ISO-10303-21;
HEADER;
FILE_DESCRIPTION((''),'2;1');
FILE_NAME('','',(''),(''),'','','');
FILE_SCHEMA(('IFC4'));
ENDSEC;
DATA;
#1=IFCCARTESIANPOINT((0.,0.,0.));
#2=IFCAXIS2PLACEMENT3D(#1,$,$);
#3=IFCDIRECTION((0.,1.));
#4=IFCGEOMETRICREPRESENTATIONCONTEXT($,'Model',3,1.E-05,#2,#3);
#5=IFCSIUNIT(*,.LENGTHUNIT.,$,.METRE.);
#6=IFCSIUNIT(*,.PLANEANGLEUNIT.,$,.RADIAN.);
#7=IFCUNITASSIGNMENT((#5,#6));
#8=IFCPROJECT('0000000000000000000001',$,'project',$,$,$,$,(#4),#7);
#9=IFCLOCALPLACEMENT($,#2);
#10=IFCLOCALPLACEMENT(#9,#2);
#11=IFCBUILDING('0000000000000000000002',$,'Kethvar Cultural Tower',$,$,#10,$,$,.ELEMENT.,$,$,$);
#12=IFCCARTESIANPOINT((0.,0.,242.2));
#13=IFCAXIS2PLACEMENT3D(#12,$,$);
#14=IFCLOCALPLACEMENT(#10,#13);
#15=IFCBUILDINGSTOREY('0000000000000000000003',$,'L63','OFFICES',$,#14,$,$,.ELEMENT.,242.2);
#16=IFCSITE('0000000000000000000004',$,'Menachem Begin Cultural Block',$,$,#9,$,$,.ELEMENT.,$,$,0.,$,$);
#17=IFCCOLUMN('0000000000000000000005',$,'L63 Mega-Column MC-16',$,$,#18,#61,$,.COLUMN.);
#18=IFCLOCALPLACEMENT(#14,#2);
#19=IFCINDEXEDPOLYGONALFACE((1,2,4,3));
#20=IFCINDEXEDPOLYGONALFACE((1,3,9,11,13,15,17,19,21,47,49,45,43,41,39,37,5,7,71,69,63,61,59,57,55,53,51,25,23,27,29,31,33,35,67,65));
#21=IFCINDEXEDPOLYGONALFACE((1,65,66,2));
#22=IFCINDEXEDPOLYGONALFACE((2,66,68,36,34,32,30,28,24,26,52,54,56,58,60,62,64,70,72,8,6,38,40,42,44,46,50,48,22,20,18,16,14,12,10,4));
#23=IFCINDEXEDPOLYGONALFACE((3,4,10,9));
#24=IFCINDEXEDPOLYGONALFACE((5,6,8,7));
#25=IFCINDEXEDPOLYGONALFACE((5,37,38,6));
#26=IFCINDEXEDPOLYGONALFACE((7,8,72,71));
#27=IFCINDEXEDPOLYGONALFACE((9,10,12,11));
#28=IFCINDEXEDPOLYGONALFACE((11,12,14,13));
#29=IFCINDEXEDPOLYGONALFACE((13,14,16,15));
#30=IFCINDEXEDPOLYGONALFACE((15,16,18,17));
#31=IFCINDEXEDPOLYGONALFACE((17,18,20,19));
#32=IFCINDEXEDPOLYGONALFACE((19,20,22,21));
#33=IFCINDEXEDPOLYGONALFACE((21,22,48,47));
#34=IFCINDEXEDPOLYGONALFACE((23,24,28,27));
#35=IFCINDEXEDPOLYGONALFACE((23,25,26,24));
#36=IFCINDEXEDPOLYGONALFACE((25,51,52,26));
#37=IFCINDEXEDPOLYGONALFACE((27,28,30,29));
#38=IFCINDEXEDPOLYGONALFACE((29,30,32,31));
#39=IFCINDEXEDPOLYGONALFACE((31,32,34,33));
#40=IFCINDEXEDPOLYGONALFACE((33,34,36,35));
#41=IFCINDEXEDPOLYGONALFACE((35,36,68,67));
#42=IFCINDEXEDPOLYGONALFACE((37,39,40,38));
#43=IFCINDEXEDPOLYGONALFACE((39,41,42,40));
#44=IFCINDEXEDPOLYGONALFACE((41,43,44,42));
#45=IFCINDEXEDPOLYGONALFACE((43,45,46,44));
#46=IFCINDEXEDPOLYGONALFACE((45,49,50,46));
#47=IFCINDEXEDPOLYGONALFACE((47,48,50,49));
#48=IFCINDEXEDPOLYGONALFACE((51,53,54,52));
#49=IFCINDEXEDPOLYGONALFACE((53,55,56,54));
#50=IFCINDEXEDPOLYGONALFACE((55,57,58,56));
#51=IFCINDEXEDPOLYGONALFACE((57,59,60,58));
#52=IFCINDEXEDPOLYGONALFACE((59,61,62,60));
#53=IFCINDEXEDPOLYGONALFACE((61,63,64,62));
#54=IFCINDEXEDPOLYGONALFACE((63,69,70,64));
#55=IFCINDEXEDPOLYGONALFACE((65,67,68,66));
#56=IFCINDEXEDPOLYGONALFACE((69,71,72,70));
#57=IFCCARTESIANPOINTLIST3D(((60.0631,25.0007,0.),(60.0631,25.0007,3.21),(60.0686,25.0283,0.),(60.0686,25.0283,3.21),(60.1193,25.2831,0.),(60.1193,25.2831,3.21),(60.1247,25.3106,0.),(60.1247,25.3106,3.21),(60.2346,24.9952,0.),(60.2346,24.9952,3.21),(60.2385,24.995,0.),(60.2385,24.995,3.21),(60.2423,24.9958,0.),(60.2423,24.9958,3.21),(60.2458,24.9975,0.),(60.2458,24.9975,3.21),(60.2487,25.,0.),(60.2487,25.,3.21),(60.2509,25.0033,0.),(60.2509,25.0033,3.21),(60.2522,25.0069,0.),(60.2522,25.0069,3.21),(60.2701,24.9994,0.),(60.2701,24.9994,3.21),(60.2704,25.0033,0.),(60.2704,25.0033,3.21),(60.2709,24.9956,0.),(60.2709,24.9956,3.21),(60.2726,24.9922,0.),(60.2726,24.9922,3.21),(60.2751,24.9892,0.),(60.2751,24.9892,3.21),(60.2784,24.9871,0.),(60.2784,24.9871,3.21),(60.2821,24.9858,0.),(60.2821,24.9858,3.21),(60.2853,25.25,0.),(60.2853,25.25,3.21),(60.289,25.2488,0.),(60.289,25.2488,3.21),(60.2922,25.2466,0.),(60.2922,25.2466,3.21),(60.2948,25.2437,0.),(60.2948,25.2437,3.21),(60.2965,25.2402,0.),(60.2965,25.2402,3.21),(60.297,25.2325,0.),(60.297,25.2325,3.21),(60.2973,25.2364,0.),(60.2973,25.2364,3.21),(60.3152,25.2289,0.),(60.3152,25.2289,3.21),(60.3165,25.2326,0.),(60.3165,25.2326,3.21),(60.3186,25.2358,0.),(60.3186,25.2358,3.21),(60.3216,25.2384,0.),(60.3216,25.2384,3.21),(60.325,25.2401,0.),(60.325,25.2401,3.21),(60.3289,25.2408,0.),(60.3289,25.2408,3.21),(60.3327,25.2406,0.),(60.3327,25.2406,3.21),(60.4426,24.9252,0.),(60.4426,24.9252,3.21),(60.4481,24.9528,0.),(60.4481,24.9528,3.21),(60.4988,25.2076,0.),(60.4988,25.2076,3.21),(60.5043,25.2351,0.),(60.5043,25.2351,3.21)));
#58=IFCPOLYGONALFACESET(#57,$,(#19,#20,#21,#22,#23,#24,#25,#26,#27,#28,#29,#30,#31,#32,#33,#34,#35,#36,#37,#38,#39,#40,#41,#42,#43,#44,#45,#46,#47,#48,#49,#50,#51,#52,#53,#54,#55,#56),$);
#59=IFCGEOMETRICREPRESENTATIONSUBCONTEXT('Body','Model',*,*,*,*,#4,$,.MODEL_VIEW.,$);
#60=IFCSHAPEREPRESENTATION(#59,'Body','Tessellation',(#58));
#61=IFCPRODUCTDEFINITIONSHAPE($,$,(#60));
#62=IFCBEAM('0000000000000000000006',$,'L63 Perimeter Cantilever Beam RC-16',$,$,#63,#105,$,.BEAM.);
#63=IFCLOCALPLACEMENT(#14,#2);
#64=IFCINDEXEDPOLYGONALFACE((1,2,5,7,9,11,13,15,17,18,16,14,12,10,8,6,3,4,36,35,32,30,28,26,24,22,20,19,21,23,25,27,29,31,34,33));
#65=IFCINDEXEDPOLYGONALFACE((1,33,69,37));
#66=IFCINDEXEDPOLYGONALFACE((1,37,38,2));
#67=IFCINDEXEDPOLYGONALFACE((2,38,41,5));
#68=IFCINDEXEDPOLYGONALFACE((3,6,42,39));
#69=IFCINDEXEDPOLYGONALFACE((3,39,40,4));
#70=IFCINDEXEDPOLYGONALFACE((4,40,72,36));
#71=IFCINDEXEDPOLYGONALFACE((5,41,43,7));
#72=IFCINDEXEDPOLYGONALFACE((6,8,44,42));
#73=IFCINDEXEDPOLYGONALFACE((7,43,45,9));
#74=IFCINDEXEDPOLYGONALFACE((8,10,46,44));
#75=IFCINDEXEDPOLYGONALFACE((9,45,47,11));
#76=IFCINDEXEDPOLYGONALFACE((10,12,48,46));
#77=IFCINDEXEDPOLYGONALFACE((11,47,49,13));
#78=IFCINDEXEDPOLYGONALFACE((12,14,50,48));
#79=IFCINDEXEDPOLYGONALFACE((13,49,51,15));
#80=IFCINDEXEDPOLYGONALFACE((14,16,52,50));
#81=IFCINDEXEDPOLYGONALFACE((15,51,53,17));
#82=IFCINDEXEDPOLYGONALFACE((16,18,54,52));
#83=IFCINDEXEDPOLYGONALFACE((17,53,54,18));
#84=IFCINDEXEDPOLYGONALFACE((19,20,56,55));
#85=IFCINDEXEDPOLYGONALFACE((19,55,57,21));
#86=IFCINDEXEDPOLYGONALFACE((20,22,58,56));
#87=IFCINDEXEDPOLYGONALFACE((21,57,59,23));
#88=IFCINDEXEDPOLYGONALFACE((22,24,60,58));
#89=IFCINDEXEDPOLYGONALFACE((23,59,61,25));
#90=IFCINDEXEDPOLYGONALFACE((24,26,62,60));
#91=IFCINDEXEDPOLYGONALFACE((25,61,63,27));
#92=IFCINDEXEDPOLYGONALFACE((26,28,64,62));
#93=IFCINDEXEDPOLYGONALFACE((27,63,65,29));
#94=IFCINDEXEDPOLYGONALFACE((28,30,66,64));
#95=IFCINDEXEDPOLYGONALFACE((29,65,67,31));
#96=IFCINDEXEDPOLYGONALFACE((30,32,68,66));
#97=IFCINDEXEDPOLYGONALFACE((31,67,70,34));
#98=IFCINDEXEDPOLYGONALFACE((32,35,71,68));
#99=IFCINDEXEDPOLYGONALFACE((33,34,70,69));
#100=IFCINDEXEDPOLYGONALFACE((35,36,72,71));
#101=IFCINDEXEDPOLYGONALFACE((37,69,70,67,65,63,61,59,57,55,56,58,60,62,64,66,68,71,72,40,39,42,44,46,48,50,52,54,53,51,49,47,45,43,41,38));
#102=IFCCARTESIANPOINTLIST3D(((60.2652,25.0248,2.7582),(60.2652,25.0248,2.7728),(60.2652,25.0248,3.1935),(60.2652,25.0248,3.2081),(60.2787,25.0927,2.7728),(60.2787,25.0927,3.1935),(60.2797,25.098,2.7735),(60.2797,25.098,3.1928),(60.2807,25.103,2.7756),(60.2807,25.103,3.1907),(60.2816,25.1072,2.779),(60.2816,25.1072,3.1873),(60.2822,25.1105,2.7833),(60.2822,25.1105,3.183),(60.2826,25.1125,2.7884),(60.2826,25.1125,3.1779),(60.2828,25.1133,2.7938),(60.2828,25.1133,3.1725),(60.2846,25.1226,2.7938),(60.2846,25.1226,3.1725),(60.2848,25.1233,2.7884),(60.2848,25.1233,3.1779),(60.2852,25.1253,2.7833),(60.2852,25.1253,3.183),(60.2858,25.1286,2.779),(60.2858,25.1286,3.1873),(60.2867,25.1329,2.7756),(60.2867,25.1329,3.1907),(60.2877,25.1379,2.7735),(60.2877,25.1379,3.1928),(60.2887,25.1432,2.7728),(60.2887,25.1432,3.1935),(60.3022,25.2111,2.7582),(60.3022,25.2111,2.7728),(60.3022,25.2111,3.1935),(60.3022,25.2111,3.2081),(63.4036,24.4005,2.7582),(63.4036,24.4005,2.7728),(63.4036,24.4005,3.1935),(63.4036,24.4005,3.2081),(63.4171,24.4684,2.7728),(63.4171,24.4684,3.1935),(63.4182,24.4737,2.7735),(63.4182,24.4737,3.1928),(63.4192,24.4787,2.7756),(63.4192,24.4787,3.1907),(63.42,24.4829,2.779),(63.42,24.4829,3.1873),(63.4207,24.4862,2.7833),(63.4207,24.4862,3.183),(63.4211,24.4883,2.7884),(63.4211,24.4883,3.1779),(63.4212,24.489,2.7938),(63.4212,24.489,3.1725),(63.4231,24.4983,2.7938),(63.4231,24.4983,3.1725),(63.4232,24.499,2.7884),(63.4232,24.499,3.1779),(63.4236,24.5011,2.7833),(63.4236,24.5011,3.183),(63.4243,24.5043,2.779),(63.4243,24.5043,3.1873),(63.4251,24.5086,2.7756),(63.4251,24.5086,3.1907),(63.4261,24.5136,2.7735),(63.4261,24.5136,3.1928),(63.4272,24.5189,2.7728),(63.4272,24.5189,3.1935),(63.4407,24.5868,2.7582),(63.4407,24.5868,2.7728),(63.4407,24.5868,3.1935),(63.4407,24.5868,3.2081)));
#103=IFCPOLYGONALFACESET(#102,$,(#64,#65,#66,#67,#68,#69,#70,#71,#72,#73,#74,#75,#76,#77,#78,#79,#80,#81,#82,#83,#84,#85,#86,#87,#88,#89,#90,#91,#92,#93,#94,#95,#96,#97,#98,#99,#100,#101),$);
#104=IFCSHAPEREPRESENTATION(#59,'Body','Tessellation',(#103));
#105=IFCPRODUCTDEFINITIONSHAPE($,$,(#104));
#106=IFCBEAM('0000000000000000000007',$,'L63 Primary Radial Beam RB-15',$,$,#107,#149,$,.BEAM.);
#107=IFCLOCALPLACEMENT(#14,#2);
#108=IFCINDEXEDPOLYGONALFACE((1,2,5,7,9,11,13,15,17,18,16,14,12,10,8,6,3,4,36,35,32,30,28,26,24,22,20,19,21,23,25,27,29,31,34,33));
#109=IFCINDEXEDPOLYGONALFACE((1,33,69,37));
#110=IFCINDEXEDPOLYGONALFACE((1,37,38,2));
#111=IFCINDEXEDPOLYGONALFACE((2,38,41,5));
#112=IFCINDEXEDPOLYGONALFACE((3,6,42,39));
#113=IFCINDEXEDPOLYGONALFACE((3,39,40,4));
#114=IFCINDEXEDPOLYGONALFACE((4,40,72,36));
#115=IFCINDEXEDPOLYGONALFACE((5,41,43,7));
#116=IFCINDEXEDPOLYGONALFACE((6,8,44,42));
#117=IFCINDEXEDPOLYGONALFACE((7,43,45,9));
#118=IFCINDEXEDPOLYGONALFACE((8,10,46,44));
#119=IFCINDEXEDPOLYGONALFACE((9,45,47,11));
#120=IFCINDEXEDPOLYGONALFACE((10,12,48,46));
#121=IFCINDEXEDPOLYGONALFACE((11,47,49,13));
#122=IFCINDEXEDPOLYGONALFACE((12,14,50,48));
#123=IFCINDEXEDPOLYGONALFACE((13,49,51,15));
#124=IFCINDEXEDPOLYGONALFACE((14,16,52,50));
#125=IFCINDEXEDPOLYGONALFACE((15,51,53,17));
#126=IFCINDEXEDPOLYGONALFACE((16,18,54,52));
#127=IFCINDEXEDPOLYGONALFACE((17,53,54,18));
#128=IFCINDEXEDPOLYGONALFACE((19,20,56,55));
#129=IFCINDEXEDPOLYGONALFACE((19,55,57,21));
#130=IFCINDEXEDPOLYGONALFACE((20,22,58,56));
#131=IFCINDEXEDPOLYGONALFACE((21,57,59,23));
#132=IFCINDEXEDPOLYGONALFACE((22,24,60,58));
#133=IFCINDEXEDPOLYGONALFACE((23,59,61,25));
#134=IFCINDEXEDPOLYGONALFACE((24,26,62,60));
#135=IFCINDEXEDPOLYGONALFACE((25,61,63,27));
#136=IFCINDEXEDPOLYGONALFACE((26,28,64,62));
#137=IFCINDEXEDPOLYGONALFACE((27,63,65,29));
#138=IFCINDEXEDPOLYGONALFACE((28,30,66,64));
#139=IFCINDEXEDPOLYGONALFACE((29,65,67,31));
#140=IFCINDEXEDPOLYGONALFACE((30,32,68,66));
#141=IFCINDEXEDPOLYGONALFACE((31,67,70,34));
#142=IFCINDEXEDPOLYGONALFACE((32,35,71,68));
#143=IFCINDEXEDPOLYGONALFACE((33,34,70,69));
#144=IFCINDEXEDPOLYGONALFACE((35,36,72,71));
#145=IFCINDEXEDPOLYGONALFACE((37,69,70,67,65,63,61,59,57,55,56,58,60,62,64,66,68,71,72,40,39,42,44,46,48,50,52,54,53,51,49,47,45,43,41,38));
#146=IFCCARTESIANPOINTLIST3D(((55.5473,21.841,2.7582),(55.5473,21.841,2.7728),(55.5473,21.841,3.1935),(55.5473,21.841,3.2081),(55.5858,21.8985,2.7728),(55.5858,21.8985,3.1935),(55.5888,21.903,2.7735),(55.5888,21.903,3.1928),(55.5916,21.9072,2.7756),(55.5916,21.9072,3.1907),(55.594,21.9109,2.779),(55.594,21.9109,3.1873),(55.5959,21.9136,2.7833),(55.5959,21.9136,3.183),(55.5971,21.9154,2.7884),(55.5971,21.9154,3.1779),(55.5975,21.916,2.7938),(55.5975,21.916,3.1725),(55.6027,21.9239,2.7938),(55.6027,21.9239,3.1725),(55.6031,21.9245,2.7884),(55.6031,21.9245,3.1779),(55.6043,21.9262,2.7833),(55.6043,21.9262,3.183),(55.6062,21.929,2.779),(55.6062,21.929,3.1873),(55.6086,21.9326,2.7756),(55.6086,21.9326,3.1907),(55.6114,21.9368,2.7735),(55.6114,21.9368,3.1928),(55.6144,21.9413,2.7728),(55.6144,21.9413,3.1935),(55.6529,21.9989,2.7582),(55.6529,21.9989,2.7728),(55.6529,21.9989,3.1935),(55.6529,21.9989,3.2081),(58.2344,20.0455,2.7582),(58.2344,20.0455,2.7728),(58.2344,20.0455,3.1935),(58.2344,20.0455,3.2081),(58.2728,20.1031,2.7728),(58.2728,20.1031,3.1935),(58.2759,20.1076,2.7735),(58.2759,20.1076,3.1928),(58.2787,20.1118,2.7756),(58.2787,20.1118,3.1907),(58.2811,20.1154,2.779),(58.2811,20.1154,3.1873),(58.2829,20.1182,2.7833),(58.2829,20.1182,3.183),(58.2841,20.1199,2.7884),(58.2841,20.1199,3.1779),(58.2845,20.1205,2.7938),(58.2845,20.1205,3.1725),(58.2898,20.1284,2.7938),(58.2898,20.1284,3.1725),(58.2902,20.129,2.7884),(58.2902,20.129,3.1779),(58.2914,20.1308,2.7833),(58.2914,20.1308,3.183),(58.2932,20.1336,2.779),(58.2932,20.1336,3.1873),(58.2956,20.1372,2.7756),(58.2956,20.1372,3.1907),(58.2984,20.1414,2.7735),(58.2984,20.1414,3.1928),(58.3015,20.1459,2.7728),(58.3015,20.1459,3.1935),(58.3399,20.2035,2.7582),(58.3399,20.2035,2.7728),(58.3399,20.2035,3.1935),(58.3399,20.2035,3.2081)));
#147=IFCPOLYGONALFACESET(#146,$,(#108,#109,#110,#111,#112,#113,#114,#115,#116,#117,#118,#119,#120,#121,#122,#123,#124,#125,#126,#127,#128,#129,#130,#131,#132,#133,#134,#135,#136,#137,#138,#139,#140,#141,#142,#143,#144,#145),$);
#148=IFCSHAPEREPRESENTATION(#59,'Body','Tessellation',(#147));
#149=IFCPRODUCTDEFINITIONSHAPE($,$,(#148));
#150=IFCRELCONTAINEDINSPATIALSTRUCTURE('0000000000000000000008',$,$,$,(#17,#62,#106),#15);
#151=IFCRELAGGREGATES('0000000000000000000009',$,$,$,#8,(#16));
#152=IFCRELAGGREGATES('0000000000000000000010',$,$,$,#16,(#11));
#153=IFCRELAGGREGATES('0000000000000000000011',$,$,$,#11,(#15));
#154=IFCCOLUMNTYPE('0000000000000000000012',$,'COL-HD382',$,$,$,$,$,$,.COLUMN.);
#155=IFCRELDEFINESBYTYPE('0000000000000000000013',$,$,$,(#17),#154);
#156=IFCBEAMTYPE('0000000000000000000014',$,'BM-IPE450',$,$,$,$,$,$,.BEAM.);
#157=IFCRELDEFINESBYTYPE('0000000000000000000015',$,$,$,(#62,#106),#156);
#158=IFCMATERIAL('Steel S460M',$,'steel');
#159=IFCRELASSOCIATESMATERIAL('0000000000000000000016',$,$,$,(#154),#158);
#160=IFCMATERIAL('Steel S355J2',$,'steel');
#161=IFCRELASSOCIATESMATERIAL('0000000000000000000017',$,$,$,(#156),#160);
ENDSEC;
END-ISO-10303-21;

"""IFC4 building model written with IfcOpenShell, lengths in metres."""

from ifc_helpers import new_model, si_unit, direction, frame, origin, origin_2d, place, context, subcontext, project, spatial, i_section, extrude, source, transform, mapped, material, material_profile, profile_set, type_object, element, save


model = new_model("IFC4")

# Units and contexts
model_context = context("Model", 3, precision=1e-05, world=origin(), true_north=direction((0.0, 1.0)))
body_context = subcontext(model_context, "Body", "Model", "MODEL_VIEW")
ifc_project = project(units=[si_unit("LENGTHUNIT", "METRE"), si_unit("PLANEANGLEUNIT", "RADIAN")], contexts=[model_context])

# Site, building, storey
site_placement = place(None, origin())
site = spatial("IfcSite", under=ifc_project, at=site_placement, Name="Menachem Begin Cultural Block", CompositionType="ELEMENT", RefElevation=0.0)
building_placement = place(site_placement, origin())
building = spatial("IfcBuilding", under=site, at=building_placement, Name="Kethvar Cultural Tower", CompositionType="ELEMENT")
storey_placement = place(building_placement, frame((0.0, 0.0, 242.2)))
storey = spatial("IfcBuildingStorey", under=building, at=storey_placement, Name="L63", Description="OFFICES", CompositionType="ELEMENT", Elevation=242.2)

# Column
ifc_material_1 = material(Name="Steel S460M", Category="steel")
ifc_material_profile_1 = material_profile(ifc_material_1, i_section(OverallWidth=0.387, OverallDepth=0.3159, WebThickness=0.0186, FlangeThickness=0.0281, FilletRadius=0.0149, at=origin_2d()), Name="Steel S460M — HD400x382")
ifc_profile_set_1 = profile_set([ifc_material_profile_1], Name="Steel S460M — HD400x382")
column_type = type_object("IfcColumnType", Name="COL-HD382", PredefinedType="COLUMN", material=ifc_profile_set_1)
shared_shape_1 = source(origin(), body_context, "Body", "SweptSolid", [
    extrude(i_section(OverallWidth=0.387, OverallDepth=0.3159, WebThickness=0.0186, FlangeThickness=0.0281, FilletRadius=0.0149, at=origin_2d()), origin(), (0.0, 0.0, 1.0), 3.21),
])
column_placement = place(storey_placement, frame((60.2837, 25.1179, 0.0), z_axis=(0.0, 0.0, 1.0), x_axis=(0.980785, -0.19509, 0.0)))
element("IfcColumn", 1, at=column_placement, inside=storey, type_object=column_type, Name="L63 Mega-Column MC-16", PredefinedType="COLUMN", context=body_context, shape_type="MappedRepresentation", body=[
    mapped(shared_shape_1, transform((0.0, 0.0, 0.0), scale=1.0)),
])

# Beams
ifc_material_2 = material(Name="Steel S355J2", Category="steel")
ifc_material_profile_2 = material_profile(ifc_material_2, i_section(OverallWidth=0.1899, OverallDepth=0.45, WebThickness=0.0095, FlangeThickness=0.0146, FilletRadius=0.021, at=origin_2d()), Name="Steel S355J2 — IPE450")
ifc_profile_set_2 = profile_set([ifc_material_profile_2], Name="Steel S355J2 — IPE450")
beam_type_1 = type_object("IfcBeamType", Name="BM-IPE450", PredefinedType="BEAM", material=ifc_profile_set_2)
shared_shape_2 = source(origin(), body_context, "Body", "SweptSolid", [
    extrude(i_section(OverallWidth=0.1899, OverallDepth=0.45, WebThickness=0.0095, FlangeThickness=0.0146, FilletRadius=0.021, at=origin_2d()), origin(), (0.0, 0.0, 1.0), 3.2),
])
beam_1_placement = place(storey_placement, frame((60.2837, 25.1179, 2.9832), z_axis=(0.980786, -0.195089, 0.0), x_axis=(0.195089, 0.980786, 0.0)))
element("IfcBeam", 2, at=beam_1_placement, inside=storey, type_object=beam_type_1, Name="L63 Perimeter Cantilever Beam RC-16", PredefinedType="BEAM", context=body_context, shape_type="MappedRepresentation", body=[
    mapped(shared_shape_2, transform((0.0, 0.0, 0.0), scale=1.0)),
])
shared_shape_3 = source(origin(), body_context, "Body", "SweptSolid", [
    extrude(i_section(OverallWidth=0.1899, OverallDepth=0.45, WebThickness=0.0095, FlangeThickness=0.0146, FilletRadius=0.021, at=origin_2d()), origin(), (0.0, 0.0, 1.0), 3.2317),
])
beam_2_placement = place(storey_placement, frame((55.6001, 21.9199, 2.9832), z_axis=(0.831469, -0.555572, 0.0), x_axis=(0.555572, 0.831469, 0.0)))
element("IfcBeam", 3, at=beam_2_placement, inside=storey, type_object=beam_type_1, Name="L63 Primary Radial Beam RB-15", PredefinedType="BEAM", context=body_context, shape_type="MappedRepresentation", body=[
    mapped(shared_shape_3, transform((0.0, 0.0, 0.0), scale=1.0)),
])

save(model, "model.ifc")
